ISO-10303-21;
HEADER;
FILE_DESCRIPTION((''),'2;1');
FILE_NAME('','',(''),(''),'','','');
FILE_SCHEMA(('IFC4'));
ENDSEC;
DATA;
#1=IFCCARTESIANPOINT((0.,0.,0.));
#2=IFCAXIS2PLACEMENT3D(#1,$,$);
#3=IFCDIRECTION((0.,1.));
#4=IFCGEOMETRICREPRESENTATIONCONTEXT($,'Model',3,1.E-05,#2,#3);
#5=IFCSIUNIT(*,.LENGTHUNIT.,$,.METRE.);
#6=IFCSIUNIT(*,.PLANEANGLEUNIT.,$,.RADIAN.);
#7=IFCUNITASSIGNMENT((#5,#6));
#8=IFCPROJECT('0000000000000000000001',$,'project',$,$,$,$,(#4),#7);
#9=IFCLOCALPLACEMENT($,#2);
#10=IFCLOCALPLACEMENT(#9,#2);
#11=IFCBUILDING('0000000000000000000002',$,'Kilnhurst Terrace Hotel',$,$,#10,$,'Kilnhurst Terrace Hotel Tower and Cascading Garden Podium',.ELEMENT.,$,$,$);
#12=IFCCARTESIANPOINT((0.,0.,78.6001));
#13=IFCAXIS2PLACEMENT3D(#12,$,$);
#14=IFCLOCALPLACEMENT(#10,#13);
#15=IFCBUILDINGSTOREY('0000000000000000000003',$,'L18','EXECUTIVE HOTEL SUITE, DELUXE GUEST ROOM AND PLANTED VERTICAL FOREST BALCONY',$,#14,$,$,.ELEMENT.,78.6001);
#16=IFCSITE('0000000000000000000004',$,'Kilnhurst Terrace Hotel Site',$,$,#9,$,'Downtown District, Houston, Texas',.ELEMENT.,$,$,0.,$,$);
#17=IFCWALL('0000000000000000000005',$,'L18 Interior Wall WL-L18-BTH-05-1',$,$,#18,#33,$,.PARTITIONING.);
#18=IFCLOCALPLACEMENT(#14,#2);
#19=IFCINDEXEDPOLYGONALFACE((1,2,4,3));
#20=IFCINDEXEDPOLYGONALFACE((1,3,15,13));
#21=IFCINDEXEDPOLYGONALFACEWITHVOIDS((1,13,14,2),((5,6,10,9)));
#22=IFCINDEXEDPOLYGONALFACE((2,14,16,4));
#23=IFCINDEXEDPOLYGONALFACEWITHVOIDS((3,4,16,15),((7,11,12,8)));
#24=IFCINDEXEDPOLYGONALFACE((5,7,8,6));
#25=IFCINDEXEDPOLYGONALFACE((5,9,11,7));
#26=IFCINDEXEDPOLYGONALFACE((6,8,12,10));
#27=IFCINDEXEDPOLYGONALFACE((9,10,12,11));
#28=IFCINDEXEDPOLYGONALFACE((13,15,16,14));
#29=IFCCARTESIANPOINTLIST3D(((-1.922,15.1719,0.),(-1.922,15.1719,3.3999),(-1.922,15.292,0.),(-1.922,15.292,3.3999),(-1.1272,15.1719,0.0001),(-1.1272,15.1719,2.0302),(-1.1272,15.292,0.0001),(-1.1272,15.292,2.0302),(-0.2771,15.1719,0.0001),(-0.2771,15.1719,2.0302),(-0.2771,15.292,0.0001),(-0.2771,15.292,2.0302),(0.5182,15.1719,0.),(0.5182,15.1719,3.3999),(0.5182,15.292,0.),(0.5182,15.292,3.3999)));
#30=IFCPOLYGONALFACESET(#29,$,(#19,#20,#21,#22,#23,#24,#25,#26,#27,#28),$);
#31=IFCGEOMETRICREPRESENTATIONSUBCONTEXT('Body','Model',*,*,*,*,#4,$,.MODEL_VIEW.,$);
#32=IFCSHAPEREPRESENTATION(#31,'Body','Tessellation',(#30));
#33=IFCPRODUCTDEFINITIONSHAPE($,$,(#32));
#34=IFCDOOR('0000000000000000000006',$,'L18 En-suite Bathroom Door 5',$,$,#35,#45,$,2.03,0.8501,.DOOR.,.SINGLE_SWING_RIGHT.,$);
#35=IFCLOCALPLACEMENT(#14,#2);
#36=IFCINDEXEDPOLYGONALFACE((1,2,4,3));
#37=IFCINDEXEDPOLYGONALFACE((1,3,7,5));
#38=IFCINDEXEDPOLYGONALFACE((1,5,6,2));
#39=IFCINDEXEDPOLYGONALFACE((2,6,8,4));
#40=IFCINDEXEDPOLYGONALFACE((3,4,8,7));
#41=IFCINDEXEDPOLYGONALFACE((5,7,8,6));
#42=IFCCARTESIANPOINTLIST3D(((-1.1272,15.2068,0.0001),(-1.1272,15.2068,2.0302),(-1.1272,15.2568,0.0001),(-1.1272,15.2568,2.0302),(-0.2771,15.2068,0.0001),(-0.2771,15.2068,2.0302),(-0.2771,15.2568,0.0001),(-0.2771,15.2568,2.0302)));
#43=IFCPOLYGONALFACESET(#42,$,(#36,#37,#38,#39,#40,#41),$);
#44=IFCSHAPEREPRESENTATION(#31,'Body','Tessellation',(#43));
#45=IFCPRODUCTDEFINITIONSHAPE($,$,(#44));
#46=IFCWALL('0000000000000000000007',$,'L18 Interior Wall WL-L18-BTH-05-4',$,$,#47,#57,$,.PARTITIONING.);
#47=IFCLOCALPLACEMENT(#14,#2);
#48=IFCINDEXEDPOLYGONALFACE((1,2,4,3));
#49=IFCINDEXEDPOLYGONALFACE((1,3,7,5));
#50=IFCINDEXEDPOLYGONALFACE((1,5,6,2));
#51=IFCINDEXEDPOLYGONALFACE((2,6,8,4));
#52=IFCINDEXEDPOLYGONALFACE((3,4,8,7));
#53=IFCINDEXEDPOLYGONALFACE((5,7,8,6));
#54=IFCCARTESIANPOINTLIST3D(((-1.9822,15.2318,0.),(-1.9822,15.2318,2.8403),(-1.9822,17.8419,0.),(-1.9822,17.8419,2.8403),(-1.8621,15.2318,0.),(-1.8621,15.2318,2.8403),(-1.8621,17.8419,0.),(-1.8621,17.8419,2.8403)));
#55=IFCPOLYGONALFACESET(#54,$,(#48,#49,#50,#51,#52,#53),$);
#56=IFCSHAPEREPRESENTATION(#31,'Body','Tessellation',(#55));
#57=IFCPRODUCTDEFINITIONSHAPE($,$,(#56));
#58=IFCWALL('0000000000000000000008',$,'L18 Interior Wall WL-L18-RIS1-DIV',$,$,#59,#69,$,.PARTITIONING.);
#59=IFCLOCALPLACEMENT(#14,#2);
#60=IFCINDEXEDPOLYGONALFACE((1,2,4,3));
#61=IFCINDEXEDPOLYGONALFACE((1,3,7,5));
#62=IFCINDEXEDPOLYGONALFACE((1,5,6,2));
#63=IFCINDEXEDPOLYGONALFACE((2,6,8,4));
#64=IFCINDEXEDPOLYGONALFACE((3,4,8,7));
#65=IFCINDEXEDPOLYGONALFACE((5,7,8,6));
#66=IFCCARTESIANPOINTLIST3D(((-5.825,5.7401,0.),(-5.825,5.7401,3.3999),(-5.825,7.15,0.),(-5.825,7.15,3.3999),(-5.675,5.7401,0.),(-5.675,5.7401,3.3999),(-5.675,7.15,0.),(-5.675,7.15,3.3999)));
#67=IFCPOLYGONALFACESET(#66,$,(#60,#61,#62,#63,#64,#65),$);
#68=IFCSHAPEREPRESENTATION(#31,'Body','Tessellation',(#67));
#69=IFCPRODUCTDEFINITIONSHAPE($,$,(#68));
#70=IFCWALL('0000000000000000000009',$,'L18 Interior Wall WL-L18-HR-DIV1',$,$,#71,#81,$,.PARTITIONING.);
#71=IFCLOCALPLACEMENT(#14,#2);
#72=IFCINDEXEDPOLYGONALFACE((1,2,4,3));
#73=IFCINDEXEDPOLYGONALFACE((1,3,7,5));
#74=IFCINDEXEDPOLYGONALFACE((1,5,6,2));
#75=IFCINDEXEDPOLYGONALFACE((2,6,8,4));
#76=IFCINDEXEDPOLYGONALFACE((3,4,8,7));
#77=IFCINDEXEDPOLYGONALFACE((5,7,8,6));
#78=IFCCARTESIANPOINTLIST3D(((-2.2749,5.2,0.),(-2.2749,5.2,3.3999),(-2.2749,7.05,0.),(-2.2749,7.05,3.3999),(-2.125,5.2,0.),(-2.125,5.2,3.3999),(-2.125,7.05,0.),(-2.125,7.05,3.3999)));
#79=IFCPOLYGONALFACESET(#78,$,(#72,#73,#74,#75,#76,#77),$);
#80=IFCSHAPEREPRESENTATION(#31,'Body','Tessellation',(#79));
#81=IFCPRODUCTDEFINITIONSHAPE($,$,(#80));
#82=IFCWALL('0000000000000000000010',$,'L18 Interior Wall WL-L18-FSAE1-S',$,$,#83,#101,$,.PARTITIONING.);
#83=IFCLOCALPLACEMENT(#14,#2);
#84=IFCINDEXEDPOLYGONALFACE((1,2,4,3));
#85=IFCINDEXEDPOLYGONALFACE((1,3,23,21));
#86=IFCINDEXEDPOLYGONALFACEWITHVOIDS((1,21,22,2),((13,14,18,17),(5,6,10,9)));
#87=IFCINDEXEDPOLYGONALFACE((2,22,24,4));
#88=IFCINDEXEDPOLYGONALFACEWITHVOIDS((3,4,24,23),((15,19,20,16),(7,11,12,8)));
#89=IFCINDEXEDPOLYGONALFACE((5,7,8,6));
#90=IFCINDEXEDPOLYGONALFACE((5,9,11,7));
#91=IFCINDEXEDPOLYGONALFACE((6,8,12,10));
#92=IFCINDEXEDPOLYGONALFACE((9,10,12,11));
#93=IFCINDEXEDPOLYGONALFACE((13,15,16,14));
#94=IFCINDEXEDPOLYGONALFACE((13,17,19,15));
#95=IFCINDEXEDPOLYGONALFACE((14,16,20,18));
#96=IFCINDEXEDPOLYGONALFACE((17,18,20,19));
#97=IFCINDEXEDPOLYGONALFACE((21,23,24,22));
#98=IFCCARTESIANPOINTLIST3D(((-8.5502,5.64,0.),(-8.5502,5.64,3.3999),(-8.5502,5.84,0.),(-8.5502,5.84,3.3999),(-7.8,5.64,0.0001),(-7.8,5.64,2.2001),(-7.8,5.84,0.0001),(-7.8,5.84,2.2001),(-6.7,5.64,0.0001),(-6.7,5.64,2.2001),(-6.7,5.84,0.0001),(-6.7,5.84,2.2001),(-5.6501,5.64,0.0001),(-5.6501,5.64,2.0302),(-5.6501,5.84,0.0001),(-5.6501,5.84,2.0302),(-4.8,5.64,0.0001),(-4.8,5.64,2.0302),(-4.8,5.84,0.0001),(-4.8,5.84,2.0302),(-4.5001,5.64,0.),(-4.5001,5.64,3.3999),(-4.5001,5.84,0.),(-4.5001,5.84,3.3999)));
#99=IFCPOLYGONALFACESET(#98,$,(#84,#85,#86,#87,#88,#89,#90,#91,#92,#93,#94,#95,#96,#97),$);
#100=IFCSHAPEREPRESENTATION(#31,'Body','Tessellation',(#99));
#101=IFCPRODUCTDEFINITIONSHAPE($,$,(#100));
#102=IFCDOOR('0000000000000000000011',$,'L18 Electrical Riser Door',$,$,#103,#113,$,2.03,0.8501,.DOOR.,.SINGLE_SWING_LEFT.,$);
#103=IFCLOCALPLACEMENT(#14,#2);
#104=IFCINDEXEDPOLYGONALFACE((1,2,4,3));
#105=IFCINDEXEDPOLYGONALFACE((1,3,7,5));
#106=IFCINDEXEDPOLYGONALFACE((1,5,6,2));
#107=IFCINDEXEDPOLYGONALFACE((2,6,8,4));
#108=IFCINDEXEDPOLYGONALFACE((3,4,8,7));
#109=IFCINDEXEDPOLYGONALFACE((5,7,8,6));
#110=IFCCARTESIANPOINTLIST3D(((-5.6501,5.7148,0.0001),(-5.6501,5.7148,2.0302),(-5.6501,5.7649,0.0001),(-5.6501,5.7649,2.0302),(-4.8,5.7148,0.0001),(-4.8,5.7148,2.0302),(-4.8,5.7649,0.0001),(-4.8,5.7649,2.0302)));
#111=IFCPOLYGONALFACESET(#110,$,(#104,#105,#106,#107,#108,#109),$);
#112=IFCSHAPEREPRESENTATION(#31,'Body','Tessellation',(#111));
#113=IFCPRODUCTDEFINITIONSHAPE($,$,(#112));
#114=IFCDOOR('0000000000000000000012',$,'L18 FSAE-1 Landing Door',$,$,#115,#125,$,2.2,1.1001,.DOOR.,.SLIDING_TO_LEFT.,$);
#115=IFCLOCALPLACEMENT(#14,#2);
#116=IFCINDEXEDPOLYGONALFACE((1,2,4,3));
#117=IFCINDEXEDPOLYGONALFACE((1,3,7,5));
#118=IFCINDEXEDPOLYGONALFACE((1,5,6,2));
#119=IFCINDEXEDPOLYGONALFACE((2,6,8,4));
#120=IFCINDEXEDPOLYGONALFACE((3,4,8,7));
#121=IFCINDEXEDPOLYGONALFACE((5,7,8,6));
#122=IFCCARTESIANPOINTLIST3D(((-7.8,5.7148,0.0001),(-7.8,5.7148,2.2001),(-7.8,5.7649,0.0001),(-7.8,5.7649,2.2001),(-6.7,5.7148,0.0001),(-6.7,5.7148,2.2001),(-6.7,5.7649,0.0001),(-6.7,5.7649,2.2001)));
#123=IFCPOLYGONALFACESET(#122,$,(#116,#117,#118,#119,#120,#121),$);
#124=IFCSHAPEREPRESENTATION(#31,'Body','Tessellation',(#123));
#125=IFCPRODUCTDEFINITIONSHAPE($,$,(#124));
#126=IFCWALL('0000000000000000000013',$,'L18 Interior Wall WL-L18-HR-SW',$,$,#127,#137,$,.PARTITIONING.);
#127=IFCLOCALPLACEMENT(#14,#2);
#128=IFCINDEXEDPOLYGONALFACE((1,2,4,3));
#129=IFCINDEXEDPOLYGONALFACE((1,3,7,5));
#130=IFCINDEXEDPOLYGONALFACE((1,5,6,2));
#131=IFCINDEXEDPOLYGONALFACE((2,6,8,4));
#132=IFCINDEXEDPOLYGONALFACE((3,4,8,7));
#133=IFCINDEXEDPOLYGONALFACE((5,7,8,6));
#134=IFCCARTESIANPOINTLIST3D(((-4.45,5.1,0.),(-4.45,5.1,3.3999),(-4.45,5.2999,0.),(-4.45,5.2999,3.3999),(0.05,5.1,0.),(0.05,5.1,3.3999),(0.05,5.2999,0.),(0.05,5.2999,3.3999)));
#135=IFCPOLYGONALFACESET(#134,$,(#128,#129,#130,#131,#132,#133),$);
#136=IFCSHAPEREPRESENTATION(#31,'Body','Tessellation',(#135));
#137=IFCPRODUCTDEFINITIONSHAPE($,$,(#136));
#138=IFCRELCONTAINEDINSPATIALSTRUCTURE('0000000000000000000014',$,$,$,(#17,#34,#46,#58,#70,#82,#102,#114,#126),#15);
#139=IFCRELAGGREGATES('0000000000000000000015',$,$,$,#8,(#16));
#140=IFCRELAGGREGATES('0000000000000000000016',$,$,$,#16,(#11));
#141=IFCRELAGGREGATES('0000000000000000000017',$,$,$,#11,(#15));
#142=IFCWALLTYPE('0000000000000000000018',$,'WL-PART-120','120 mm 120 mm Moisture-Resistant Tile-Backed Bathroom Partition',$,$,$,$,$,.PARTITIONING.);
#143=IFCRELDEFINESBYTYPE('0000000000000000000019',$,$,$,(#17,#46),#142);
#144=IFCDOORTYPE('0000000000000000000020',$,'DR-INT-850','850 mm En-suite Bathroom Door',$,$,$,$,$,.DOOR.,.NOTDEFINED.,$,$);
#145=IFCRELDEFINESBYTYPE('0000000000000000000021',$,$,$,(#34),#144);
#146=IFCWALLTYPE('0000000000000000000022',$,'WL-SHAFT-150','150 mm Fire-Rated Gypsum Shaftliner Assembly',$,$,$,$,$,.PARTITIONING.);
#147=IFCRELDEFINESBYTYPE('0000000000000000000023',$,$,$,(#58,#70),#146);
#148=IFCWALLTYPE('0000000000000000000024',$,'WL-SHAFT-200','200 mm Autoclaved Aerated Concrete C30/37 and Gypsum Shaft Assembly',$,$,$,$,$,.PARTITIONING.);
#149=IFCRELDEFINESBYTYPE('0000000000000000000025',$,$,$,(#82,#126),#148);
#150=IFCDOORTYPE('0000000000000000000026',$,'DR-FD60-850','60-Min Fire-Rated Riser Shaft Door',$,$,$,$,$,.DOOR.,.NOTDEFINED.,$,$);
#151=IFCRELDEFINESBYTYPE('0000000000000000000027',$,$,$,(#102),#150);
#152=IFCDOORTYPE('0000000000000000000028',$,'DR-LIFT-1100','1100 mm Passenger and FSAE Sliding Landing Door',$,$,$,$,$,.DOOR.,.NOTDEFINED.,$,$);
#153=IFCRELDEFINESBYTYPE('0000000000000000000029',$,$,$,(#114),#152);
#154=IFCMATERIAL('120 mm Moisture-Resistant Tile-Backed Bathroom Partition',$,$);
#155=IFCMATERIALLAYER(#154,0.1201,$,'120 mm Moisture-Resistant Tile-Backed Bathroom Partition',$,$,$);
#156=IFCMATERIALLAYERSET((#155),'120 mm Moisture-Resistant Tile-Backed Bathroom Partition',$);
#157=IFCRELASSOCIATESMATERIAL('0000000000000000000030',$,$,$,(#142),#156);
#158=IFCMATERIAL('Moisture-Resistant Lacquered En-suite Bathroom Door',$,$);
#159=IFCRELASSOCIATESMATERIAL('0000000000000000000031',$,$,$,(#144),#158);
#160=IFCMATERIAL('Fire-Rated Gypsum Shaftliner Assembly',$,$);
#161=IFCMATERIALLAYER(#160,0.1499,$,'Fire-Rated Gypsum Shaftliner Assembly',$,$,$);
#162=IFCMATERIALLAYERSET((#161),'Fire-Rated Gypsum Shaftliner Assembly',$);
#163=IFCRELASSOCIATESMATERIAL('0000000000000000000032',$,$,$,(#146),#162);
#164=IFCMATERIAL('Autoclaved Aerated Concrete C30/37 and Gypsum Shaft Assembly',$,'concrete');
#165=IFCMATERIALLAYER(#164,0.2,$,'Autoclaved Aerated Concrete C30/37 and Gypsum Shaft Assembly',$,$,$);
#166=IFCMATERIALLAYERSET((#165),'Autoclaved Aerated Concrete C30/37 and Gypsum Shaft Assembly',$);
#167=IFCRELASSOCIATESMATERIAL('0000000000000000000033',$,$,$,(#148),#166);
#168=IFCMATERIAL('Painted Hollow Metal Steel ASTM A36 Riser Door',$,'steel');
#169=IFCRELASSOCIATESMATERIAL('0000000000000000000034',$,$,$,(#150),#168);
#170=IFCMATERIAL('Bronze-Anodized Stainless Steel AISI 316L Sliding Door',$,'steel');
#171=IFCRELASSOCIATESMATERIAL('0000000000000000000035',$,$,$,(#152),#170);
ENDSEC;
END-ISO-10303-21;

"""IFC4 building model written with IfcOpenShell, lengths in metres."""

from ifc_helpers import new_model, si_unit, direction, frame, frame_2d, origin, place, context, subcontext, project, spatial, rectangle, extrude, material, layer, layer_set, type_object, element, fill, save


model = new_model("IFC4")

# Units and contexts
model_context = context("Model", 3, precision=1e-05, world=origin(), true_north=direction((0.0, 1.0)))
body_context = subcontext(model_context, "Body", "Model", "MODEL_VIEW")
ifc_project = project(units=[si_unit("LENGTHUNIT", "METRE"), si_unit("PLANEANGLEUNIT", "RADIAN")], contexts=[model_context])

# Site, building, storey
site_placement = place(None, origin())
site = spatial("IfcSite", under=ifc_project, at=site_placement, Name="Kilnhurst Terrace Hotel Site", LongName="Downtown District, Houston, Texas", CompositionType="ELEMENT", RefElevation=0.0)
building_placement = place(site_placement, origin())
building = spatial("IfcBuilding", under=site, at=building_placement, Name="Kilnhurst Terrace Hotel", LongName="Kilnhurst Terrace Hotel Tower and Cascading Garden Podium", CompositionType="ELEMENT")
storey_placement = place(building_placement, frame((0.0, 0.0, 78.6001)))
storey = spatial("IfcBuildingStorey", under=building, at=storey_placement, Name="L18", Description="EXECUTIVE HOTEL SUITE, DELUXE GUEST ROOM AND PLANTED VERTICAL FOREST BALCONY", CompositionType="ELEMENT", Elevation=78.6001)

# Wall, opening, door
ifc_material_1 = material(Name="120 mm Moisture-Resistant Tile-Backed Bathroom Partition")
ifc_layer_1 = layer(ifc_material_1, 0.1201, Name="120 mm Moisture-Resistant Tile-Backed Bathroom Partition")
ifc_layer_set_1 = layer_set([ifc_layer_1], Name="120 mm Moisture-Resistant Tile-Backed Bathroom Partition")
wall_type_1 = type_object("IfcWallType", Name="WL-PART-120", Description="120 mm 120 mm Moisture-Resistant Tile-Backed Bathroom Partition", PredefinedType="PARTITIONING", material=ifc_layer_set_1)
wall_1_placement = place(storey_placement, frame((-1.9221, 15.2319, 0.0), z_axis=(0.0, 0.0, 1.0), x_axis=(1.0, 0.0, 0.0)))
wall_1 = element("IfcWall", 1, at=wall_1_placement, inside=storey, type_object=wall_type_1, Name="L18 Interior Wall WL-L18-BTH-05-1", PredefinedType="PARTITIONING", context=body_context, shape_type="SweptSolid", body=[
    extrude(rectangle(XDim=2.4402, YDim=0.1201, at=frame_2d((1.2202, 0.0))), origin(), (0.0, 0.0, 1.0), 3.3999),
])
opening_1_placement = place(wall_1_placement, frame((0.7949, 0.0, 0.0)))
opening_1 = element("IfcOpeningElement", 2, at=opening_1_placement, cuts=wall_1, PredefinedType="OPENING", context=body_context, shape_type="SweptSolid", body=[
    extrude(rectangle(XDim=0.8501, YDim=2.03, at=frame_2d((0.425, 1.0151))), frame((0.0, 0.0701, 0.0), z_axis=(0.0, -1.0, 0.0), x_axis=(1.0, 0.0, 0.0)), (0.0, 0.0, 1.0), 0.1401),
])
ifc_material_2 = material(Name="Moisture-Resistant Lacquered En-suite Bathroom Door")
door_type_1 = type_object("IfcDoorType", Name="DR-INT-850", Description="850 mm En-suite Bathroom Door", OperationType="NOTDEFINED", PredefinedType="DOOR", material=ifc_material_2)
door_1_placement = place(opening_1_placement, origin())
door_1 = element("IfcDoor", 3, at=door_1_placement, inside=storey, type_object=door_type_1, Name="L18 En-suite Bathroom Door 5", OperationType="SINGLE_SWING_RIGHT", OverallHeight=2.03, OverallWidth=0.8501, PredefinedType="DOOR", context=body_context, shape_type="SweptSolid", body=[
    extrude(rectangle(XDim=0.8501, YDim=2.03, at=frame_2d((0.425, 1.0151))), frame((0.0, 0.0249, 0.0), z_axis=(0.0, -1.0, 0.0), x_axis=(1.0, 0.0, 0.0)), (0.0, 0.0, 1.0), 0.05),
])
fill(opening_1, door_1)

# Walls
wall_2_placement = place(storey_placement, frame((-1.9221, 17.842, 0.0), z_axis=(0.0, 0.0, 1.0), x_axis=(0.0, -1.0, 0.0)))
element("IfcWall", 4, at=wall_2_placement, inside=storey, type_object=wall_type_1, Name="L18 Interior Wall WL-L18-BTH-05-4", PredefinedType="PARTITIONING", context=body_context, shape_type="SweptSolid", body=[
    extrude(rectangle(XDim=2.6101, YDim=0.1201, at=frame_2d((1.3052, 0.0))), origin(), (0.0, 0.0, 1.0), 2.8403),
])
ifc_material_3 = material(Name="Fire-Rated Gypsum Shaftliner Assembly")
ifc_layer_2 = layer(ifc_material_3, 0.1499, Name="Fire-Rated Gypsum Shaftliner Assembly")
ifc_layer_set_2 = layer_set([ifc_layer_2], Name="Fire-Rated Gypsum Shaftliner Assembly")
wall_type_2 = type_object("IfcWallType", Name="WL-SHAFT-150", Description="150 mm Fire-Rated Gypsum Shaftliner Assembly", PredefinedType="PARTITIONING", material=ifc_layer_set_2)
wall_3_placement = place(storey_placement, frame((-5.75, 5.74, 0.0), z_axis=(0.0, 0.0, 1.0), x_axis=(0.0, 1.0, 0.0)))
element("IfcWall", 5, at=wall_3_placement, inside=storey, type_object=wall_type_2, Name="L18 Interior Wall WL-L18-RIS1-DIV", PredefinedType="PARTITIONING", context=body_context, shape_type="SweptSolid", body=[
    extrude(rectangle(XDim=1.4099, YDim=0.1499, at=frame_2d((0.7051, 0.0))), origin(), (0.0, 0.0, 1.0), 3.3999),
])
wall_4_placement = place(storey_placement, frame((-2.2, 5.2, 0.0), z_axis=(0.0, 0.0, 1.0), x_axis=(0.0, 1.0, 0.0)))
element("IfcWall", 6, at=wall_4_placement, inside=storey, type_object=wall_type_2, Name="L18 Interior Wall WL-L18-HR-DIV1", PredefinedType="PARTITIONING", context=body_context, shape_type="SweptSolid", body=[
    extrude(rectangle(XDim=1.8501, YDim=0.1499, at=frame_2d((0.925, 0.0))), origin(), (0.0, 0.0, 1.0), 3.3999),
])

# Wall, openings, doors
ifc_material_4 = material(Name="Autoclaved Aerated Concrete C30/37 and Gypsum Shaft Assembly", Category="concrete")
ifc_layer_3 = layer(ifc_material_4, 0.2, Name="Autoclaved Aerated Concrete C30/37 and Gypsum Shaft Assembly")
ifc_layer_set_3 = layer_set([ifc_layer_3], Name="Autoclaved Aerated Concrete C30/37 and Gypsum Shaft Assembly")
wall_type_3 = type_object("IfcWallType", Name="WL-SHAFT-200", Description="200 mm Autoclaved Aerated Concrete C30/37 and Gypsum Shaft Assembly", PredefinedType="PARTITIONING", material=ifc_layer_set_3)
wall_5_placement = place(storey_placement, frame((-8.55, 5.74, 0.0), z_axis=(0.0, 0.0, 1.0), x_axis=(1.0, 0.0, 0.0)))
wall_5 = element("IfcWall", 7, at=wall_5_placement, inside=storey, type_object=wall_type_3, Name="L18 Interior Wall WL-L18-FSAE1-S", PredefinedType="PARTITIONING", context=body_context, shape_type="SweptSolid", body=[
    extrude(rectangle(XDim=4.05, YDim=0.2, at=frame_2d((2.0249, 0.0))), origin(), (0.0, 0.0, 1.0), 3.3999),
])
opening_2_placement = place(wall_5_placement, frame((0.75, 0.0, 0.0)))
opening_2 = element("IfcOpeningElement", 8, at=opening_2_placement, cuts=wall_5, PredefinedType="OPENING", context=body_context, shape_type="SweptSolid", body=[
    extrude(rectangle(XDim=1.1001, YDim=2.2, at=frame_2d((0.55, 1.1001))), frame((0.0, 0.1099, 0.0), z_axis=(0.0, -1.0, 0.0), x_axis=(1.0, 0.0, 0.0)), (0.0, 0.0, 1.0), 0.22),
])
opening_3_placement = place(wall_5_placement, frame((2.8999, 0.0, 0.0)))
opening_3 = element("IfcOpeningElement", 9, at=opening_3_placement, cuts=wall_5, PredefinedType="OPENING", context=body_context, shape_type="SweptSolid", body=[
    extrude(rectangle(XDim=0.8501, YDim=2.03, at=frame_2d((0.425, 1.0151))), frame((0.0, 0.1099, 0.0), z_axis=(0.0, -1.0, 0.0), x_axis=(1.0, 0.0, 0.0)), (0.0, 0.0, 1.0), 0.22),
])
ifc_material_5 = material(Name="Painted Hollow Metal Steel ASTM A36 Riser Door", Category="steel")
door_type_2 = type_object("IfcDoorType", Name="DR-FD60-850", Description="60-Min Fire-Rated Riser Shaft Door", OperationType="NOTDEFINED", PredefinedType="DOOR", material=ifc_material_5)
door_2_placement = place(opening_3_placement, origin())
door_2 = element("IfcDoor", 10, at=door_2_placement, inside=storey, type_object=door_type_2, Name="L18 Electrical Riser Door", OperationType="SINGLE_SWING_LEFT", OverallHeight=2.03, OverallWidth=0.8501, PredefinedType="DOOR", context=body_context, shape_type="SweptSolid", body=[
    extrude(rectangle(XDim=0.8501, YDim=2.03, at=frame_2d((0.425, 1.0151))), frame((0.0, 0.0249, 0.0), z_axis=(0.0, -1.0, 0.0), x_axis=(1.0, 0.0, 0.0)), (0.0, 0.0, 1.0), 0.05),
])
fill(opening_3, door_2)
ifc_material_6 = material(Name="Bronze-Anodized Stainless Steel AISI 316L Sliding Door", Category="steel")
door_type_3 = type_object("IfcDoorType", Name="DR-LIFT-1100", Description="1100 mm Passenger and FSAE Sliding Landing Door", OperationType="NOTDEFINED", PredefinedType="DOOR", material=ifc_material_6)
door_3_placement = place(opening_2_placement, origin())
door_3 = element("IfcDoor", 11, at=door_3_placement, inside=storey, type_object=door_type_3, Name="L18 FSAE-1 Landing Door", OperationType="SLIDING_TO_LEFT", OverallHeight=2.2, OverallWidth=1.1001, PredefinedType="DOOR", context=body_context, shape_type="SweptSolid", body=[
    extrude(rectangle(XDim=1.1001, YDim=2.2, at=frame_2d((0.55, 1.1001))), frame((0.0, 0.0249, 0.0), z_axis=(0.0, -1.0, 0.0), x_axis=(1.0, 0.0, 0.0)), (0.0, 0.0, 1.0), 0.05),
])
fill(opening_2, door_3)

# Wall
wall_6_placement = place(storey_placement, frame((-4.45, 5.2, 0.0), z_axis=(0.0, 0.0, 1.0), x_axis=(1.0, 0.0, 0.0)))
element("IfcWall", 12, at=wall_6_placement, inside=storey, type_object=wall_type_3, Name="L18 Interior Wall WL-L18-HR-SW", PredefinedType="PARTITIONING", context=body_context, shape_type="SweptSolid", body=[
    extrude(rectangle(XDim=4.5, YDim=0.2, at=frame_2d((2.25, 0.0))), origin(), (0.0, 0.0, 1.0), 3.3999),
])

save(model, "model.ifc")
